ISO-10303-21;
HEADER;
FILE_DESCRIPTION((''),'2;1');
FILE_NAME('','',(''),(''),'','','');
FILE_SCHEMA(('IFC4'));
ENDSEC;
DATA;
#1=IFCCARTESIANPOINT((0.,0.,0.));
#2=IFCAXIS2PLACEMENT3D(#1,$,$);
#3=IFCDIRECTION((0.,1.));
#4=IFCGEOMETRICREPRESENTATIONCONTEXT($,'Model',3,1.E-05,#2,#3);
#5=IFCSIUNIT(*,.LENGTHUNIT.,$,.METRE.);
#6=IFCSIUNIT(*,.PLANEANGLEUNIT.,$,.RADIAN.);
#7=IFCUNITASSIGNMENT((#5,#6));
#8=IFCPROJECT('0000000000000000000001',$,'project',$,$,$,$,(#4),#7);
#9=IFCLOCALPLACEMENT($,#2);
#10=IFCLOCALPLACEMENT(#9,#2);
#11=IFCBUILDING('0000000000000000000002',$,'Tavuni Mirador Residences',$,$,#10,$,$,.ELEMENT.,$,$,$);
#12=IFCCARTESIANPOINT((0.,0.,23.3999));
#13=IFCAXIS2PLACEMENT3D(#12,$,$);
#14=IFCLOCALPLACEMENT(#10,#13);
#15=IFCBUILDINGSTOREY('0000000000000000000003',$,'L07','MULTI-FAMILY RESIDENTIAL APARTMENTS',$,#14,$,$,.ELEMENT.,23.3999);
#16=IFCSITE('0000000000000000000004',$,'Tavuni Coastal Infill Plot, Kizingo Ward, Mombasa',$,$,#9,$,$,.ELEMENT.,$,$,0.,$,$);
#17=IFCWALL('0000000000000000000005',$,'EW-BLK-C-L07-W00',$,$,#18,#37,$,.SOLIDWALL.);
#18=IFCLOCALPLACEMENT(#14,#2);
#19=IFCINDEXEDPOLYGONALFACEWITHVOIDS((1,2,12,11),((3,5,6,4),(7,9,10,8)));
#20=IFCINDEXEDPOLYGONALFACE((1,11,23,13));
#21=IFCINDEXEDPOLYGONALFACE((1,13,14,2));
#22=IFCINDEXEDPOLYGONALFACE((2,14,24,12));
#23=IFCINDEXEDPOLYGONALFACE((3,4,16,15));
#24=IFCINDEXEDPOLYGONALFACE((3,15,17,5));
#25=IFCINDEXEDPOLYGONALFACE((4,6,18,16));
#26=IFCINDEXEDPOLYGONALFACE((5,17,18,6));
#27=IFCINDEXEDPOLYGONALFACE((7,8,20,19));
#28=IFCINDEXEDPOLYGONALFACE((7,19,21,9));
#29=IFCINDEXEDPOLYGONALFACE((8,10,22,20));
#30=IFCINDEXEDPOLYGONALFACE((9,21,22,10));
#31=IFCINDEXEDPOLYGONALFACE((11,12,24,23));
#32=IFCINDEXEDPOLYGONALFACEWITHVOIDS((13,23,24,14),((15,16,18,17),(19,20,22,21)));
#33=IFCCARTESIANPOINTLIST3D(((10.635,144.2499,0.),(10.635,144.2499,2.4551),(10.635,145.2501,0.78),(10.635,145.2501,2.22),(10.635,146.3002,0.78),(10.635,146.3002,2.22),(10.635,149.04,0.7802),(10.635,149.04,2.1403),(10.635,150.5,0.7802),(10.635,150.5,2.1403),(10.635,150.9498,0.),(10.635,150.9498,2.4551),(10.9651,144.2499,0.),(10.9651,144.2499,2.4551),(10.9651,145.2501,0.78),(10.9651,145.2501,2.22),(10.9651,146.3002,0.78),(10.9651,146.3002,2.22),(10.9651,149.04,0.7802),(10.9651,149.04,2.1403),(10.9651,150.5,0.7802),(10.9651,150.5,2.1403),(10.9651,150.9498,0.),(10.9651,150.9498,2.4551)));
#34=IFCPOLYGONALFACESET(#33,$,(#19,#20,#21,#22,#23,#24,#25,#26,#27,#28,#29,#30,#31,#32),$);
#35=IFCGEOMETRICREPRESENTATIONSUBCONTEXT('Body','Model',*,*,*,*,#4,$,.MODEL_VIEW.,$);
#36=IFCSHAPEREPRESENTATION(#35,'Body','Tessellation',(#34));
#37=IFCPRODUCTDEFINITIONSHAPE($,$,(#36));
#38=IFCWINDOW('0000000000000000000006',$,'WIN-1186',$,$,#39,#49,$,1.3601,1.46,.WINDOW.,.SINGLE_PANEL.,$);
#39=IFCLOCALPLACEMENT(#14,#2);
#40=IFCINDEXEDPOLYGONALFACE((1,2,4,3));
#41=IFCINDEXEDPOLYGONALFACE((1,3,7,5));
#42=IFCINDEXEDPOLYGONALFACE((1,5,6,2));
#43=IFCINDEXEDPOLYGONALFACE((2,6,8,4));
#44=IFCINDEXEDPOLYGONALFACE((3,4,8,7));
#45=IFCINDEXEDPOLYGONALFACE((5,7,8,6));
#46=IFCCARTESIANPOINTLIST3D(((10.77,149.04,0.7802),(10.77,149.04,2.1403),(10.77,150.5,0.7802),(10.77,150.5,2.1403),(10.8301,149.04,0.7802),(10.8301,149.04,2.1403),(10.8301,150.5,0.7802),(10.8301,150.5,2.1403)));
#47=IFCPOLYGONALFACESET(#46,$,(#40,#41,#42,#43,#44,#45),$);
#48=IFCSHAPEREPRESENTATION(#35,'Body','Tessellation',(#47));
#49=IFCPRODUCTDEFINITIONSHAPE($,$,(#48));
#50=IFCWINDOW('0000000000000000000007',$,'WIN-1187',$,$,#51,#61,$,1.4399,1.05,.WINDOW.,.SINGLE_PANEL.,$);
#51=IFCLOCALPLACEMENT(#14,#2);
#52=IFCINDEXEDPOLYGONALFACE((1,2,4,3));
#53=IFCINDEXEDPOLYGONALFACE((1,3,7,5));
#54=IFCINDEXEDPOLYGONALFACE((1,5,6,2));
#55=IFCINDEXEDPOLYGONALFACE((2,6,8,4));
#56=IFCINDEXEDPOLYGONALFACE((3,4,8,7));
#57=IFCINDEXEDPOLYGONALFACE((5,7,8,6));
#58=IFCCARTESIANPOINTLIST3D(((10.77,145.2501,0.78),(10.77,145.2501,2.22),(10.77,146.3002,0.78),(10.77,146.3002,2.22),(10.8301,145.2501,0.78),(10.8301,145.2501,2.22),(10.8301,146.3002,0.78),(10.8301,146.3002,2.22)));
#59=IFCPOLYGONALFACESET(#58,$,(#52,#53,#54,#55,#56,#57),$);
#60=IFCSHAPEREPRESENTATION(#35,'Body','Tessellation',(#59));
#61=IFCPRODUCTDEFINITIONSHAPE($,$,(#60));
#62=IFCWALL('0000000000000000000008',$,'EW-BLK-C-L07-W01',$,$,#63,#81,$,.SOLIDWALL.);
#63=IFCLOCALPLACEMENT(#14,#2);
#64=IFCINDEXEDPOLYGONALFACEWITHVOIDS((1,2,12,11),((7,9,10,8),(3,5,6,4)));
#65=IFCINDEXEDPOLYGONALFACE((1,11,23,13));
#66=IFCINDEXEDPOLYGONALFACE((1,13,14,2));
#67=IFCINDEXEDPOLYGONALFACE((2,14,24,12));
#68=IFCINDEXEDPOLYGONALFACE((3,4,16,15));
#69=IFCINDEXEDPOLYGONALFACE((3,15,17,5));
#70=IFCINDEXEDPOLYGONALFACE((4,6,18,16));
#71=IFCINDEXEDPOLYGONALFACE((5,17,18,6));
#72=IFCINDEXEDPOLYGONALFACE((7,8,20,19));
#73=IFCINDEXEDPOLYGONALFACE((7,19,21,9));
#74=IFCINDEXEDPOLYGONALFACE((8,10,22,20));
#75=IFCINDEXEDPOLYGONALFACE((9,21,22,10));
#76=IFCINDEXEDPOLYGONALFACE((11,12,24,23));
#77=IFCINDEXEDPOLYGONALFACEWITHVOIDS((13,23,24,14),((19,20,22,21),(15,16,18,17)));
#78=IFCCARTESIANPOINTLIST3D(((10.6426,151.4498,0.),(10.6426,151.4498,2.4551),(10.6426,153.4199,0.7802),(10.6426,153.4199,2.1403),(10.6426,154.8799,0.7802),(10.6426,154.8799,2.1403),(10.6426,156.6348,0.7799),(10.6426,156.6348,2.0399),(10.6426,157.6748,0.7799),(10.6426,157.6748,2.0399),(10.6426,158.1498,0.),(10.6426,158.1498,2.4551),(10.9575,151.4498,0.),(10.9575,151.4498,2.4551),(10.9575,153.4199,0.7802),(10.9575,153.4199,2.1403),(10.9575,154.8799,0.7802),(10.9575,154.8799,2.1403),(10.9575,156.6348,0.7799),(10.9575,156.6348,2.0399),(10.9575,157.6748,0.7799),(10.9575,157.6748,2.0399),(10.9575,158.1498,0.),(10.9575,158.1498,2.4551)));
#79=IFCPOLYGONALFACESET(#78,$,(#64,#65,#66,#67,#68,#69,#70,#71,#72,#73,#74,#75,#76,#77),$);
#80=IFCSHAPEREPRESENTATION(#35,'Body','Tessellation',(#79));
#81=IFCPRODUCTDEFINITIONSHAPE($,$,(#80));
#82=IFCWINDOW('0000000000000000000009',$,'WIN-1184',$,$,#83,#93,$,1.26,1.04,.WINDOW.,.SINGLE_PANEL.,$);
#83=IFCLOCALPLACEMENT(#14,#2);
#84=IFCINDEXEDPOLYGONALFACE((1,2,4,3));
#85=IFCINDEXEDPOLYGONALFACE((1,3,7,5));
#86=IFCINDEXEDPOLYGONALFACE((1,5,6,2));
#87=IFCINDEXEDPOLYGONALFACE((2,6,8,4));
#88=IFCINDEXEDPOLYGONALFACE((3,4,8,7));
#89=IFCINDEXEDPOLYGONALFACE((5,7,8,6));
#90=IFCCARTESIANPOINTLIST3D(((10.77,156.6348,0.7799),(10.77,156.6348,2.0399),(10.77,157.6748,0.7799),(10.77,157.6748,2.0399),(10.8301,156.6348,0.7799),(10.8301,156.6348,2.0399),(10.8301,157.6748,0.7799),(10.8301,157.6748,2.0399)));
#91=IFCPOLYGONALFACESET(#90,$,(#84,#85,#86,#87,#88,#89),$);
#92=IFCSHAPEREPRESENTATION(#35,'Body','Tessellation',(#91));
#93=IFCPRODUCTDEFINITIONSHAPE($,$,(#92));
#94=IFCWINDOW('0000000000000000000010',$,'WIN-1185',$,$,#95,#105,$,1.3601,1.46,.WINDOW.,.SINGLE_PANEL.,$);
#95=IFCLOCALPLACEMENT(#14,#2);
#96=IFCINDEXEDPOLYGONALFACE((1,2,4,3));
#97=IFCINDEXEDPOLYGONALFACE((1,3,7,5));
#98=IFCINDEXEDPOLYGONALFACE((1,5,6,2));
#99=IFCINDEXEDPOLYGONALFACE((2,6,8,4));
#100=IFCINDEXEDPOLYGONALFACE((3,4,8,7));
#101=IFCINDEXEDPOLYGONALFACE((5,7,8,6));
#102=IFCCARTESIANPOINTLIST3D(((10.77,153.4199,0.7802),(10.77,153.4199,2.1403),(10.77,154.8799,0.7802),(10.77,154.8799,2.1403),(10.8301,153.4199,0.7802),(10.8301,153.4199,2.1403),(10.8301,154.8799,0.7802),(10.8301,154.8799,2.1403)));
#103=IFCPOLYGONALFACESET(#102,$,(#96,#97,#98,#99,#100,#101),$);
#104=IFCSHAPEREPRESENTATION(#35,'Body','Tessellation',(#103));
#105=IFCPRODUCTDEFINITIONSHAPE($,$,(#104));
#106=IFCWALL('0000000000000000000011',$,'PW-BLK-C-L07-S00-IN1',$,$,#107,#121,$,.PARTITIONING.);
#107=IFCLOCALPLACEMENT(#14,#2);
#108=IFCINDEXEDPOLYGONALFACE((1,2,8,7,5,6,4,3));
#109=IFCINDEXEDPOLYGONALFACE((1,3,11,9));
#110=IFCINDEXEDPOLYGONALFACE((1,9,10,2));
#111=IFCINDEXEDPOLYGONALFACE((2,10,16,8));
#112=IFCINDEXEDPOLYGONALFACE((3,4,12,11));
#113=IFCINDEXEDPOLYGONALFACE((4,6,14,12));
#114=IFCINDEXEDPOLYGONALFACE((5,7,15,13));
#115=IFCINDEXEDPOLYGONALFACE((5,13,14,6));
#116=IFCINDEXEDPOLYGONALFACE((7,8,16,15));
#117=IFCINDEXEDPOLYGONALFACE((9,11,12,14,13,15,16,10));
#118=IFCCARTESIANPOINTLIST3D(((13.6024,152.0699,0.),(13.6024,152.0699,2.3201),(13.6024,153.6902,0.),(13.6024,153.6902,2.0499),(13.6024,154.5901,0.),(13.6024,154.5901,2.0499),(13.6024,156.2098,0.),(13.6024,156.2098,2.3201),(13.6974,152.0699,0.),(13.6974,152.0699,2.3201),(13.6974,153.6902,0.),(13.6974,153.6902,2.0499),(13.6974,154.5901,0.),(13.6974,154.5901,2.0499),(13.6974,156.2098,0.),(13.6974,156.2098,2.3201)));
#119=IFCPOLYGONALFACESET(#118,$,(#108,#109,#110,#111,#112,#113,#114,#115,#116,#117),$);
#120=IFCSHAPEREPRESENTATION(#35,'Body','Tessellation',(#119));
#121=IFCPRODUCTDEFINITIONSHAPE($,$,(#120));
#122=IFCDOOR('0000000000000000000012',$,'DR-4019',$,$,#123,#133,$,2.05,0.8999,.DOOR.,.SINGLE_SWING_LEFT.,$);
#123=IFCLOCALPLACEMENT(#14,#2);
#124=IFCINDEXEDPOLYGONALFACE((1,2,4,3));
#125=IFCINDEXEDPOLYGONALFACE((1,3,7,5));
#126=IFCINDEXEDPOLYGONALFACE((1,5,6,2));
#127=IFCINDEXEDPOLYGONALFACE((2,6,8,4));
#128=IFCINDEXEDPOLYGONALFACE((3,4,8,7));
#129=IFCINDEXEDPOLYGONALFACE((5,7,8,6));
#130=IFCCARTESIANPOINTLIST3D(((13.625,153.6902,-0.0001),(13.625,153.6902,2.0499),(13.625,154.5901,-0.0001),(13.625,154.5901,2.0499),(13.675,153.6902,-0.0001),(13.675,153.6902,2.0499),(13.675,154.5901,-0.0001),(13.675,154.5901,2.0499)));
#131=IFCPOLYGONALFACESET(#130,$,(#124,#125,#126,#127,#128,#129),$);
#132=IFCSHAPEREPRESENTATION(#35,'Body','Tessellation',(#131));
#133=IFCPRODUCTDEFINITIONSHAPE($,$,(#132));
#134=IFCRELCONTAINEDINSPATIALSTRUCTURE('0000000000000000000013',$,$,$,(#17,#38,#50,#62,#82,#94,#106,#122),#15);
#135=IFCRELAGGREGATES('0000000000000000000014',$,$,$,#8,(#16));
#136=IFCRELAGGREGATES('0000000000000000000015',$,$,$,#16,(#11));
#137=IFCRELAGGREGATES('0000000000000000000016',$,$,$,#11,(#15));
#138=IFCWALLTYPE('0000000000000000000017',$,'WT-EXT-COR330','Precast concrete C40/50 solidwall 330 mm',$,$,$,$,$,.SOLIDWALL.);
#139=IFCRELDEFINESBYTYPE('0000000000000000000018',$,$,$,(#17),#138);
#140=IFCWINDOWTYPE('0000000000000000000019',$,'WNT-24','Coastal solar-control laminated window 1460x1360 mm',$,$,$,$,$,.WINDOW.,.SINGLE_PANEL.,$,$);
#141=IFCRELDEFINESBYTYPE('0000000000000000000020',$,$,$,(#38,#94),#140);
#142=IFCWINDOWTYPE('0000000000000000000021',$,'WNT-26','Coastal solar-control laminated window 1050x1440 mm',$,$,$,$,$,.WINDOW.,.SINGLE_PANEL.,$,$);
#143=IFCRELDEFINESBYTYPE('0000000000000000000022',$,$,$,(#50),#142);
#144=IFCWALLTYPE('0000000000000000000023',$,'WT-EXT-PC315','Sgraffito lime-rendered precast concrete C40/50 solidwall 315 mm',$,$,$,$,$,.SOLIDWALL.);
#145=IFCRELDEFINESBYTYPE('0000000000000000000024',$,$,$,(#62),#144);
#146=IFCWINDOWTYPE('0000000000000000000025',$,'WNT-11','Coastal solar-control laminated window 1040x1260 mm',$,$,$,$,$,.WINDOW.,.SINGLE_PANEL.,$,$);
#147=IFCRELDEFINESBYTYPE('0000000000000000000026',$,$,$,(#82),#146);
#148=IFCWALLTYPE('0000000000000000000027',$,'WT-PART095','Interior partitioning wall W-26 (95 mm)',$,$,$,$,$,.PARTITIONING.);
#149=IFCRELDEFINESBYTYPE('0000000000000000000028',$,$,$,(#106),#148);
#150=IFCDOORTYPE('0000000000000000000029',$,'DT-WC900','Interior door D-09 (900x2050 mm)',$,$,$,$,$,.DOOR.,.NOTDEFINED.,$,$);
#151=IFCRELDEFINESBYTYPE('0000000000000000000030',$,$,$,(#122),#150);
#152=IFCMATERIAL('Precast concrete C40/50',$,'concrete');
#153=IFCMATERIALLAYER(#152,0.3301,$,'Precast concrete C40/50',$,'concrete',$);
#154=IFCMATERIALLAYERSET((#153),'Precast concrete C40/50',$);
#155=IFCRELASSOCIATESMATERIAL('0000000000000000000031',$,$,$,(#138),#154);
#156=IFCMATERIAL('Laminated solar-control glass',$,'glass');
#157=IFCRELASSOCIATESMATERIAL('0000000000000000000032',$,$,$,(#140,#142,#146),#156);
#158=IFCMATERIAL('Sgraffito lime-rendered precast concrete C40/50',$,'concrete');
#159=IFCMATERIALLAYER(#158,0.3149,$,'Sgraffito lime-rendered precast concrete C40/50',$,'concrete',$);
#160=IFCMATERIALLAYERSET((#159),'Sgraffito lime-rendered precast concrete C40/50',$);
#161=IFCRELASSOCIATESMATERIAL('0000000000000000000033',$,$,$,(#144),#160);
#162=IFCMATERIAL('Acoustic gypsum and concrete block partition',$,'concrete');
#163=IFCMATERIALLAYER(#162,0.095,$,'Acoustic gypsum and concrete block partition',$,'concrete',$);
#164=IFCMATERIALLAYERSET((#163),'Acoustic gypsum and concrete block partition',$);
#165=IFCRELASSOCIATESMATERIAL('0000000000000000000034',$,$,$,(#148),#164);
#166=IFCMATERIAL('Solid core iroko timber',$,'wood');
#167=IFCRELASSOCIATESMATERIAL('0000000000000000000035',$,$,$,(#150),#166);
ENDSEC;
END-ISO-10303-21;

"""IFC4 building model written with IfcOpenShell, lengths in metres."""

from ifc_helpers import new_model, si_unit, direction, frame, frame_2d, origin, place, context, subcontext, project, spatial, rectangle, extrude, material, layer, layer_set, type_object, element, fill, save


model = new_model("IFC4")

# Units and contexts
model_context = context("Model", 3, precision=1e-05, world=origin(), true_north=direction((0.0, 1.0)))
body_context = subcontext(model_context, "Body", "Model", "MODEL_VIEW")
ifc_project = project(units=[si_unit("LENGTHUNIT", "METRE"), si_unit("PLANEANGLEUNIT", "RADIAN")], contexts=[model_context])

# Site, building, storey
site_placement = place(None, origin())
site = spatial("IfcSite", under=ifc_project, at=site_placement, Name="Tavuni Coastal Infill Plot, Kizingo Ward, Mombasa", CompositionType="ELEMENT", RefElevation=0.0)
building_placement = place(site_placement, origin())
building = spatial("IfcBuilding", under=site, at=building_placement, Name="Tavuni Mirador Residences", CompositionType="ELEMENT")
storey_placement = place(building_placement, frame((0.0, 0.0, 23.3999)))
storey = spatial("IfcBuildingStorey", under=building, at=storey_placement, Name="L07", Description="MULTI-FAMILY RESIDENTIAL APARTMENTS", CompositionType="ELEMENT", Elevation=23.3999)

# Shared definitions
ifc_material_1 = material(Name="Precast concrete C40/50", Category="concrete")

# Shared definitions
ifc_material_2 = material(Name="Solid core iroko timber", Category="wood")

# Walls, openings, windows
ifc_layer_1 = layer(ifc_material_1, 0.3301, Name="Precast concrete C40/50", Category="concrete")
ifc_layer_set_1 = layer_set([ifc_layer_1], Name="Precast concrete C40/50")
wall_type_1 = type_object("IfcWallType", Name="WT-EXT-COR330", Description="Precast concrete C40/50 solidwall 330 mm", PredefinedType="SOLIDWALL", material=ifc_layer_set_1)
wall_1_placement = place(storey_placement, frame((10.8, 150.95, 0.0), z_axis=(0.0, 0.0, 1.0), x_axis=(0.0, -1.0, 0.0)))
wall_1 = element("IfcWall", 1, at=wall_1_placement, inside=storey, type_object=wall_type_1, Name="EW-BLK-C-L07-W00", PredefinedType="SOLIDWALL", context=body_context, shape_type="SweptSolid", body=[
    extrude(rectangle(XDim=6.7, YDim=0.3301, at=frame_2d((3.3501, 0.0))), origin(), (0.0, 0.0, 1.0), 2.4551),
])
opening_1_placement = place(wall_1_placement, frame((0.45, 0.0, 0.78)))
opening_1 = element("IfcOpeningElement", 2, at=opening_1_placement, cuts=wall_1, PredefinedType="OPENING", context=body_context, shape_type="SweptSolid", body=[
    extrude(rectangle(XDim=1.46, YDim=1.3601, at=frame_2d((0.73, 0.6802))), frame((0.0, 0.175, 0.0), z_axis=(0.0, -1.0, 0.0), x_axis=(1.0, 0.0, 0.0)), (0.0, 0.0, 1.0), 0.3501),
])
opening_2_placement = place(wall_1_placement, frame((4.6499, 0.0, 0.78)))
opening_2 = element("IfcOpeningElement", 3, at=opening_2_placement, cuts=wall_1, PredefinedType="OPENING", context=body_context, shape_type="SweptSolid", body=[
    extrude(rectangle(XDim=1.05, YDim=1.4399, at=frame_2d((0.5249, 0.72))), frame((0.0, 0.175, 0.0), z_axis=(0.0, -1.0, 0.0), x_axis=(1.0, 0.0, 0.0)), (0.0, 0.0, 1.0), 0.3501),
])
ifc_material_3 = material(Name="Laminated solar-control glass", Category="glass")
window_type_1 = type_object("IfcWindowType", Name="WNT-24", Description="Coastal solar-control laminated window 1460x1360 mm", PartitioningType="SINGLE_PANEL", PredefinedType="WINDOW", material=ifc_material_3)
window_1_placement = place(opening_1_placement, origin())
window_1 = element("IfcWindow", 4, at=window_1_placement, inside=storey, type_object=window_type_1, Name="WIN-1186", OverallHeight=1.3601, OverallWidth=1.46, PartitioningType="SINGLE_PANEL", PredefinedType="WINDOW", context=body_context, shape_type="SweptSolid", body=[
    extrude(rectangle(XDim=1.46, YDim=1.3601, at=frame_2d((0.73, 0.6802))), frame((0.0, 0.03, 0.0), z_axis=(0.0, -1.0, 0.0), x_axis=(1.0, 0.0, 0.0)), (0.0, 0.0, 1.0), 0.0601),
])
fill(opening_1, window_1)
window_type_2 = type_object("IfcWindowType", Name="WNT-26", Description="Coastal solar-control laminated window 1050x1440 mm", PartitioningType="SINGLE_PANEL", PredefinedType="WINDOW", material=ifc_material_3)
window_2_placement = place(opening_2_placement, origin())
window_2 = element("IfcWindow", 5, at=window_2_placement, inside=storey, type_object=window_type_2, Name="WIN-1187", OverallHeight=1.4399, OverallWidth=1.05, PartitioningType="SINGLE_PANEL", PredefinedType="WINDOW", context=body_context, shape_type="SweptSolid", body=[
    extrude(rectangle(XDim=1.05, YDim=1.4399, at=frame_2d((0.5249, 0.72))), frame((0.0, 0.03, 0.0), z_axis=(0.0, -1.0, 0.0), x_axis=(1.0, 0.0, 0.0)), (0.0, 0.0, 1.0), 0.0601),
])
fill(opening_2, window_2)
ifc_material_4 = material(Name="Sgraffito lime-rendered precast concrete C40/50", Category="concrete")
ifc_layer_2 = layer(ifc_material_4, 0.3149, Name="Sgraffito lime-rendered precast concrete C40/50", Category="concrete")
ifc_layer_set_2 = layer_set([ifc_layer_2], Name="Sgraffito lime-rendered precast concrete C40/50")
wall_type_2 = type_object("IfcWallType", Name="WT-EXT-PC315", Description="Sgraffito lime-rendered precast concrete C40/50 solidwall 315 mm", PredefinedType="SOLIDWALL", material=ifc_layer_set_2)
wall_2_placement = place(storey_placement, frame((10.8, 158.1499, 0.0), z_axis=(0.0, 0.0, 1.0), x_axis=(0.0, -1.0, 0.0)))
wall_2 = element("IfcWall", 6, at=wall_2_placement, inside=storey, type_object=wall_type_2, Name="EW-BLK-C-L07-W01", PredefinedType="SOLIDWALL", context=body_context, shape_type="SweptSolid", body=[
    extrude(rectangle(XDim=6.7, YDim=0.3149, at=frame_2d((3.3501, 0.0))), origin(), (0.0, 0.0, 1.0), 2.4551),
])
opening_3_placement = place(wall_2_placement, frame((0.4751, 0.0, 0.78)))
opening_3 = element("IfcOpeningElement", 7, at=opening_3_placement, cuts=wall_2, PredefinedType="OPENING", context=body_context, shape_type="SweptSolid", body=[
    extrude(rectangle(XDim=1.04, YDim=1.26, at=frame_2d((0.52, 0.6299))), frame((0.0, 0.1675, 0.0), z_axis=(0.0, -1.0, 0.0), x_axis=(1.0, 0.0, 0.0)), (0.0, 0.0, 1.0), 0.335),
])
opening_4_placement = place(wall_2_placement, frame((3.27, 0.0, 0.78)))
opening_4 = element("IfcOpeningElement", 8, at=opening_4_placement, cuts=wall_2, PredefinedType="OPENING", context=body_context, shape_type="SweptSolid", body=[
    extrude(rectangle(XDim=1.46, YDim=1.3601, at=frame_2d((0.73, 0.6802))), frame((0.0, 0.1675, 0.0), z_axis=(0.0, -1.0, 0.0), x_axis=(1.0, 0.0, 0.0)), (0.0, 0.0, 1.0), 0.335),
])
window_type_3 = type_object("IfcWindowType", Name="WNT-11", Description="Coastal solar-control laminated window 1040x1260 mm", PartitioningType="SINGLE_PANEL", PredefinedType="WINDOW", material=ifc_material_3)
window_3_placement = place(opening_3_placement, origin())
window_3 = element("IfcWindow", 9, at=window_3_placement, inside=storey, type_object=window_type_3, Name="WIN-1184", OverallHeight=1.26, OverallWidth=1.04, PartitioningType="SINGLE_PANEL", PredefinedType="WINDOW", context=body_context, shape_type="SweptSolid", body=[
    extrude(rectangle(XDim=1.04, YDim=1.26, at=frame_2d((0.52, 0.6299))), frame((0.0, 0.03, 0.0), z_axis=(0.0, -1.0, 0.0), x_axis=(1.0, 0.0, 0.0)), (0.0, 0.0, 1.0), 0.0601),
])
fill(opening_3, window_3)
window_4_placement = place(opening_4_placement, origin())
window_4 = element("IfcWindow", 10, at=window_4_placement, inside=storey, type_object=window_type_1, Name="WIN-1185", OverallHeight=1.3601, OverallWidth=1.46, PartitioningType="SINGLE_PANEL", PredefinedType="WINDOW", context=body_context, shape_type="SweptSolid", body=[
    extrude(rectangle(XDim=1.46, YDim=1.3601, at=frame_2d((0.73, 0.6802))), frame((0.0, 0.03, 0.0), z_axis=(0.0, -1.0, 0.0), x_axis=(1.0, 0.0, 0.0)), (0.0, 0.0, 1.0), 0.0601),
])
fill(opening_4, window_4)

# Wall, opening, door
ifc_material_5 = material(Name="Acoustic gypsum and concrete block partition", Category="concrete")
ifc_layer_3 = layer(ifc_material_5, 0.095, Name="Acoustic gypsum and concrete block partition", Category="concrete")
ifc_layer_set_3 = layer_set([ifc_layer_3], Name="Acoustic gypsum and concrete block partition")
wall_type_3 = type_object("IfcWallType", Name="WT-PART095", Description="Interior partitioning wall W-26 (95 mm)", PredefinedType="PARTITIONING", material=ifc_layer_set_3)
wall_3_placement = place(storey_placement, frame((13.6499, 152.0701, 0.0), z_axis=(0.0, 0.0, 1.0), x_axis=(0.0, 1.0, 0.0)))
wall_3 = element("IfcWall", 11, at=wall_3_placement, inside=storey, type_object=wall_type_3, Name="PW-BLK-C-L07-S00-IN1", PredefinedType="PARTITIONING", context=body_context, shape_type="SweptSolid", body=[
    extrude(rectangle(XDim=4.1399, YDim=0.095, at=frame_2d((2.0698, 0.0))), origin(), (0.0, 0.0, 1.0), 2.3201),
])
opening_5_placement = place(wall_3_placement, frame((1.6201, 0.0, 0.0)))
opening_5 = element("IfcOpeningElement", 12, at=opening_5_placement, cuts=wall_3, PredefinedType="OPENING", context=body_context, shape_type="SweptSolid", body=[
    extrude(rectangle(XDim=0.8999, YDim=2.05, at=frame_2d((0.45, 1.0249))), frame((0.0, 0.0576, 0.0), z_axis=(0.0, -1.0, 0.0), x_axis=(1.0, 0.0, 0.0)), (0.0, 0.0, 1.0), 0.115),
])
door_type_1 = type_object("IfcDoorType", Name="DT-WC900", Description="Interior door D-09 (900x2050 mm)", OperationType="NOTDEFINED", PredefinedType="DOOR", material=ifc_material_2)
door_1_placement = place(opening_5_placement, origin())
door_1 = element("IfcDoor", 13, at=door_1_placement, inside=storey, type_object=door_type_1, Name="DR-4019", OperationType="SINGLE_SWING_LEFT", OverallHeight=2.05, OverallWidth=0.8999, PredefinedType="DOOR", context=body_context, shape_type="SweptSolid", body=[
    extrude(rectangle(XDim=0.8999, YDim=2.05, at=frame_2d((0.45, 1.0249))), frame((0.0, 0.0249, 0.0), z_axis=(0.0, -1.0, 0.0), x_axis=(1.0, 0.0, 0.0)), (0.0, 0.0, 1.0), 0.05),
])
fill(opening_5, door_1)

save(model, "model.ifc")
